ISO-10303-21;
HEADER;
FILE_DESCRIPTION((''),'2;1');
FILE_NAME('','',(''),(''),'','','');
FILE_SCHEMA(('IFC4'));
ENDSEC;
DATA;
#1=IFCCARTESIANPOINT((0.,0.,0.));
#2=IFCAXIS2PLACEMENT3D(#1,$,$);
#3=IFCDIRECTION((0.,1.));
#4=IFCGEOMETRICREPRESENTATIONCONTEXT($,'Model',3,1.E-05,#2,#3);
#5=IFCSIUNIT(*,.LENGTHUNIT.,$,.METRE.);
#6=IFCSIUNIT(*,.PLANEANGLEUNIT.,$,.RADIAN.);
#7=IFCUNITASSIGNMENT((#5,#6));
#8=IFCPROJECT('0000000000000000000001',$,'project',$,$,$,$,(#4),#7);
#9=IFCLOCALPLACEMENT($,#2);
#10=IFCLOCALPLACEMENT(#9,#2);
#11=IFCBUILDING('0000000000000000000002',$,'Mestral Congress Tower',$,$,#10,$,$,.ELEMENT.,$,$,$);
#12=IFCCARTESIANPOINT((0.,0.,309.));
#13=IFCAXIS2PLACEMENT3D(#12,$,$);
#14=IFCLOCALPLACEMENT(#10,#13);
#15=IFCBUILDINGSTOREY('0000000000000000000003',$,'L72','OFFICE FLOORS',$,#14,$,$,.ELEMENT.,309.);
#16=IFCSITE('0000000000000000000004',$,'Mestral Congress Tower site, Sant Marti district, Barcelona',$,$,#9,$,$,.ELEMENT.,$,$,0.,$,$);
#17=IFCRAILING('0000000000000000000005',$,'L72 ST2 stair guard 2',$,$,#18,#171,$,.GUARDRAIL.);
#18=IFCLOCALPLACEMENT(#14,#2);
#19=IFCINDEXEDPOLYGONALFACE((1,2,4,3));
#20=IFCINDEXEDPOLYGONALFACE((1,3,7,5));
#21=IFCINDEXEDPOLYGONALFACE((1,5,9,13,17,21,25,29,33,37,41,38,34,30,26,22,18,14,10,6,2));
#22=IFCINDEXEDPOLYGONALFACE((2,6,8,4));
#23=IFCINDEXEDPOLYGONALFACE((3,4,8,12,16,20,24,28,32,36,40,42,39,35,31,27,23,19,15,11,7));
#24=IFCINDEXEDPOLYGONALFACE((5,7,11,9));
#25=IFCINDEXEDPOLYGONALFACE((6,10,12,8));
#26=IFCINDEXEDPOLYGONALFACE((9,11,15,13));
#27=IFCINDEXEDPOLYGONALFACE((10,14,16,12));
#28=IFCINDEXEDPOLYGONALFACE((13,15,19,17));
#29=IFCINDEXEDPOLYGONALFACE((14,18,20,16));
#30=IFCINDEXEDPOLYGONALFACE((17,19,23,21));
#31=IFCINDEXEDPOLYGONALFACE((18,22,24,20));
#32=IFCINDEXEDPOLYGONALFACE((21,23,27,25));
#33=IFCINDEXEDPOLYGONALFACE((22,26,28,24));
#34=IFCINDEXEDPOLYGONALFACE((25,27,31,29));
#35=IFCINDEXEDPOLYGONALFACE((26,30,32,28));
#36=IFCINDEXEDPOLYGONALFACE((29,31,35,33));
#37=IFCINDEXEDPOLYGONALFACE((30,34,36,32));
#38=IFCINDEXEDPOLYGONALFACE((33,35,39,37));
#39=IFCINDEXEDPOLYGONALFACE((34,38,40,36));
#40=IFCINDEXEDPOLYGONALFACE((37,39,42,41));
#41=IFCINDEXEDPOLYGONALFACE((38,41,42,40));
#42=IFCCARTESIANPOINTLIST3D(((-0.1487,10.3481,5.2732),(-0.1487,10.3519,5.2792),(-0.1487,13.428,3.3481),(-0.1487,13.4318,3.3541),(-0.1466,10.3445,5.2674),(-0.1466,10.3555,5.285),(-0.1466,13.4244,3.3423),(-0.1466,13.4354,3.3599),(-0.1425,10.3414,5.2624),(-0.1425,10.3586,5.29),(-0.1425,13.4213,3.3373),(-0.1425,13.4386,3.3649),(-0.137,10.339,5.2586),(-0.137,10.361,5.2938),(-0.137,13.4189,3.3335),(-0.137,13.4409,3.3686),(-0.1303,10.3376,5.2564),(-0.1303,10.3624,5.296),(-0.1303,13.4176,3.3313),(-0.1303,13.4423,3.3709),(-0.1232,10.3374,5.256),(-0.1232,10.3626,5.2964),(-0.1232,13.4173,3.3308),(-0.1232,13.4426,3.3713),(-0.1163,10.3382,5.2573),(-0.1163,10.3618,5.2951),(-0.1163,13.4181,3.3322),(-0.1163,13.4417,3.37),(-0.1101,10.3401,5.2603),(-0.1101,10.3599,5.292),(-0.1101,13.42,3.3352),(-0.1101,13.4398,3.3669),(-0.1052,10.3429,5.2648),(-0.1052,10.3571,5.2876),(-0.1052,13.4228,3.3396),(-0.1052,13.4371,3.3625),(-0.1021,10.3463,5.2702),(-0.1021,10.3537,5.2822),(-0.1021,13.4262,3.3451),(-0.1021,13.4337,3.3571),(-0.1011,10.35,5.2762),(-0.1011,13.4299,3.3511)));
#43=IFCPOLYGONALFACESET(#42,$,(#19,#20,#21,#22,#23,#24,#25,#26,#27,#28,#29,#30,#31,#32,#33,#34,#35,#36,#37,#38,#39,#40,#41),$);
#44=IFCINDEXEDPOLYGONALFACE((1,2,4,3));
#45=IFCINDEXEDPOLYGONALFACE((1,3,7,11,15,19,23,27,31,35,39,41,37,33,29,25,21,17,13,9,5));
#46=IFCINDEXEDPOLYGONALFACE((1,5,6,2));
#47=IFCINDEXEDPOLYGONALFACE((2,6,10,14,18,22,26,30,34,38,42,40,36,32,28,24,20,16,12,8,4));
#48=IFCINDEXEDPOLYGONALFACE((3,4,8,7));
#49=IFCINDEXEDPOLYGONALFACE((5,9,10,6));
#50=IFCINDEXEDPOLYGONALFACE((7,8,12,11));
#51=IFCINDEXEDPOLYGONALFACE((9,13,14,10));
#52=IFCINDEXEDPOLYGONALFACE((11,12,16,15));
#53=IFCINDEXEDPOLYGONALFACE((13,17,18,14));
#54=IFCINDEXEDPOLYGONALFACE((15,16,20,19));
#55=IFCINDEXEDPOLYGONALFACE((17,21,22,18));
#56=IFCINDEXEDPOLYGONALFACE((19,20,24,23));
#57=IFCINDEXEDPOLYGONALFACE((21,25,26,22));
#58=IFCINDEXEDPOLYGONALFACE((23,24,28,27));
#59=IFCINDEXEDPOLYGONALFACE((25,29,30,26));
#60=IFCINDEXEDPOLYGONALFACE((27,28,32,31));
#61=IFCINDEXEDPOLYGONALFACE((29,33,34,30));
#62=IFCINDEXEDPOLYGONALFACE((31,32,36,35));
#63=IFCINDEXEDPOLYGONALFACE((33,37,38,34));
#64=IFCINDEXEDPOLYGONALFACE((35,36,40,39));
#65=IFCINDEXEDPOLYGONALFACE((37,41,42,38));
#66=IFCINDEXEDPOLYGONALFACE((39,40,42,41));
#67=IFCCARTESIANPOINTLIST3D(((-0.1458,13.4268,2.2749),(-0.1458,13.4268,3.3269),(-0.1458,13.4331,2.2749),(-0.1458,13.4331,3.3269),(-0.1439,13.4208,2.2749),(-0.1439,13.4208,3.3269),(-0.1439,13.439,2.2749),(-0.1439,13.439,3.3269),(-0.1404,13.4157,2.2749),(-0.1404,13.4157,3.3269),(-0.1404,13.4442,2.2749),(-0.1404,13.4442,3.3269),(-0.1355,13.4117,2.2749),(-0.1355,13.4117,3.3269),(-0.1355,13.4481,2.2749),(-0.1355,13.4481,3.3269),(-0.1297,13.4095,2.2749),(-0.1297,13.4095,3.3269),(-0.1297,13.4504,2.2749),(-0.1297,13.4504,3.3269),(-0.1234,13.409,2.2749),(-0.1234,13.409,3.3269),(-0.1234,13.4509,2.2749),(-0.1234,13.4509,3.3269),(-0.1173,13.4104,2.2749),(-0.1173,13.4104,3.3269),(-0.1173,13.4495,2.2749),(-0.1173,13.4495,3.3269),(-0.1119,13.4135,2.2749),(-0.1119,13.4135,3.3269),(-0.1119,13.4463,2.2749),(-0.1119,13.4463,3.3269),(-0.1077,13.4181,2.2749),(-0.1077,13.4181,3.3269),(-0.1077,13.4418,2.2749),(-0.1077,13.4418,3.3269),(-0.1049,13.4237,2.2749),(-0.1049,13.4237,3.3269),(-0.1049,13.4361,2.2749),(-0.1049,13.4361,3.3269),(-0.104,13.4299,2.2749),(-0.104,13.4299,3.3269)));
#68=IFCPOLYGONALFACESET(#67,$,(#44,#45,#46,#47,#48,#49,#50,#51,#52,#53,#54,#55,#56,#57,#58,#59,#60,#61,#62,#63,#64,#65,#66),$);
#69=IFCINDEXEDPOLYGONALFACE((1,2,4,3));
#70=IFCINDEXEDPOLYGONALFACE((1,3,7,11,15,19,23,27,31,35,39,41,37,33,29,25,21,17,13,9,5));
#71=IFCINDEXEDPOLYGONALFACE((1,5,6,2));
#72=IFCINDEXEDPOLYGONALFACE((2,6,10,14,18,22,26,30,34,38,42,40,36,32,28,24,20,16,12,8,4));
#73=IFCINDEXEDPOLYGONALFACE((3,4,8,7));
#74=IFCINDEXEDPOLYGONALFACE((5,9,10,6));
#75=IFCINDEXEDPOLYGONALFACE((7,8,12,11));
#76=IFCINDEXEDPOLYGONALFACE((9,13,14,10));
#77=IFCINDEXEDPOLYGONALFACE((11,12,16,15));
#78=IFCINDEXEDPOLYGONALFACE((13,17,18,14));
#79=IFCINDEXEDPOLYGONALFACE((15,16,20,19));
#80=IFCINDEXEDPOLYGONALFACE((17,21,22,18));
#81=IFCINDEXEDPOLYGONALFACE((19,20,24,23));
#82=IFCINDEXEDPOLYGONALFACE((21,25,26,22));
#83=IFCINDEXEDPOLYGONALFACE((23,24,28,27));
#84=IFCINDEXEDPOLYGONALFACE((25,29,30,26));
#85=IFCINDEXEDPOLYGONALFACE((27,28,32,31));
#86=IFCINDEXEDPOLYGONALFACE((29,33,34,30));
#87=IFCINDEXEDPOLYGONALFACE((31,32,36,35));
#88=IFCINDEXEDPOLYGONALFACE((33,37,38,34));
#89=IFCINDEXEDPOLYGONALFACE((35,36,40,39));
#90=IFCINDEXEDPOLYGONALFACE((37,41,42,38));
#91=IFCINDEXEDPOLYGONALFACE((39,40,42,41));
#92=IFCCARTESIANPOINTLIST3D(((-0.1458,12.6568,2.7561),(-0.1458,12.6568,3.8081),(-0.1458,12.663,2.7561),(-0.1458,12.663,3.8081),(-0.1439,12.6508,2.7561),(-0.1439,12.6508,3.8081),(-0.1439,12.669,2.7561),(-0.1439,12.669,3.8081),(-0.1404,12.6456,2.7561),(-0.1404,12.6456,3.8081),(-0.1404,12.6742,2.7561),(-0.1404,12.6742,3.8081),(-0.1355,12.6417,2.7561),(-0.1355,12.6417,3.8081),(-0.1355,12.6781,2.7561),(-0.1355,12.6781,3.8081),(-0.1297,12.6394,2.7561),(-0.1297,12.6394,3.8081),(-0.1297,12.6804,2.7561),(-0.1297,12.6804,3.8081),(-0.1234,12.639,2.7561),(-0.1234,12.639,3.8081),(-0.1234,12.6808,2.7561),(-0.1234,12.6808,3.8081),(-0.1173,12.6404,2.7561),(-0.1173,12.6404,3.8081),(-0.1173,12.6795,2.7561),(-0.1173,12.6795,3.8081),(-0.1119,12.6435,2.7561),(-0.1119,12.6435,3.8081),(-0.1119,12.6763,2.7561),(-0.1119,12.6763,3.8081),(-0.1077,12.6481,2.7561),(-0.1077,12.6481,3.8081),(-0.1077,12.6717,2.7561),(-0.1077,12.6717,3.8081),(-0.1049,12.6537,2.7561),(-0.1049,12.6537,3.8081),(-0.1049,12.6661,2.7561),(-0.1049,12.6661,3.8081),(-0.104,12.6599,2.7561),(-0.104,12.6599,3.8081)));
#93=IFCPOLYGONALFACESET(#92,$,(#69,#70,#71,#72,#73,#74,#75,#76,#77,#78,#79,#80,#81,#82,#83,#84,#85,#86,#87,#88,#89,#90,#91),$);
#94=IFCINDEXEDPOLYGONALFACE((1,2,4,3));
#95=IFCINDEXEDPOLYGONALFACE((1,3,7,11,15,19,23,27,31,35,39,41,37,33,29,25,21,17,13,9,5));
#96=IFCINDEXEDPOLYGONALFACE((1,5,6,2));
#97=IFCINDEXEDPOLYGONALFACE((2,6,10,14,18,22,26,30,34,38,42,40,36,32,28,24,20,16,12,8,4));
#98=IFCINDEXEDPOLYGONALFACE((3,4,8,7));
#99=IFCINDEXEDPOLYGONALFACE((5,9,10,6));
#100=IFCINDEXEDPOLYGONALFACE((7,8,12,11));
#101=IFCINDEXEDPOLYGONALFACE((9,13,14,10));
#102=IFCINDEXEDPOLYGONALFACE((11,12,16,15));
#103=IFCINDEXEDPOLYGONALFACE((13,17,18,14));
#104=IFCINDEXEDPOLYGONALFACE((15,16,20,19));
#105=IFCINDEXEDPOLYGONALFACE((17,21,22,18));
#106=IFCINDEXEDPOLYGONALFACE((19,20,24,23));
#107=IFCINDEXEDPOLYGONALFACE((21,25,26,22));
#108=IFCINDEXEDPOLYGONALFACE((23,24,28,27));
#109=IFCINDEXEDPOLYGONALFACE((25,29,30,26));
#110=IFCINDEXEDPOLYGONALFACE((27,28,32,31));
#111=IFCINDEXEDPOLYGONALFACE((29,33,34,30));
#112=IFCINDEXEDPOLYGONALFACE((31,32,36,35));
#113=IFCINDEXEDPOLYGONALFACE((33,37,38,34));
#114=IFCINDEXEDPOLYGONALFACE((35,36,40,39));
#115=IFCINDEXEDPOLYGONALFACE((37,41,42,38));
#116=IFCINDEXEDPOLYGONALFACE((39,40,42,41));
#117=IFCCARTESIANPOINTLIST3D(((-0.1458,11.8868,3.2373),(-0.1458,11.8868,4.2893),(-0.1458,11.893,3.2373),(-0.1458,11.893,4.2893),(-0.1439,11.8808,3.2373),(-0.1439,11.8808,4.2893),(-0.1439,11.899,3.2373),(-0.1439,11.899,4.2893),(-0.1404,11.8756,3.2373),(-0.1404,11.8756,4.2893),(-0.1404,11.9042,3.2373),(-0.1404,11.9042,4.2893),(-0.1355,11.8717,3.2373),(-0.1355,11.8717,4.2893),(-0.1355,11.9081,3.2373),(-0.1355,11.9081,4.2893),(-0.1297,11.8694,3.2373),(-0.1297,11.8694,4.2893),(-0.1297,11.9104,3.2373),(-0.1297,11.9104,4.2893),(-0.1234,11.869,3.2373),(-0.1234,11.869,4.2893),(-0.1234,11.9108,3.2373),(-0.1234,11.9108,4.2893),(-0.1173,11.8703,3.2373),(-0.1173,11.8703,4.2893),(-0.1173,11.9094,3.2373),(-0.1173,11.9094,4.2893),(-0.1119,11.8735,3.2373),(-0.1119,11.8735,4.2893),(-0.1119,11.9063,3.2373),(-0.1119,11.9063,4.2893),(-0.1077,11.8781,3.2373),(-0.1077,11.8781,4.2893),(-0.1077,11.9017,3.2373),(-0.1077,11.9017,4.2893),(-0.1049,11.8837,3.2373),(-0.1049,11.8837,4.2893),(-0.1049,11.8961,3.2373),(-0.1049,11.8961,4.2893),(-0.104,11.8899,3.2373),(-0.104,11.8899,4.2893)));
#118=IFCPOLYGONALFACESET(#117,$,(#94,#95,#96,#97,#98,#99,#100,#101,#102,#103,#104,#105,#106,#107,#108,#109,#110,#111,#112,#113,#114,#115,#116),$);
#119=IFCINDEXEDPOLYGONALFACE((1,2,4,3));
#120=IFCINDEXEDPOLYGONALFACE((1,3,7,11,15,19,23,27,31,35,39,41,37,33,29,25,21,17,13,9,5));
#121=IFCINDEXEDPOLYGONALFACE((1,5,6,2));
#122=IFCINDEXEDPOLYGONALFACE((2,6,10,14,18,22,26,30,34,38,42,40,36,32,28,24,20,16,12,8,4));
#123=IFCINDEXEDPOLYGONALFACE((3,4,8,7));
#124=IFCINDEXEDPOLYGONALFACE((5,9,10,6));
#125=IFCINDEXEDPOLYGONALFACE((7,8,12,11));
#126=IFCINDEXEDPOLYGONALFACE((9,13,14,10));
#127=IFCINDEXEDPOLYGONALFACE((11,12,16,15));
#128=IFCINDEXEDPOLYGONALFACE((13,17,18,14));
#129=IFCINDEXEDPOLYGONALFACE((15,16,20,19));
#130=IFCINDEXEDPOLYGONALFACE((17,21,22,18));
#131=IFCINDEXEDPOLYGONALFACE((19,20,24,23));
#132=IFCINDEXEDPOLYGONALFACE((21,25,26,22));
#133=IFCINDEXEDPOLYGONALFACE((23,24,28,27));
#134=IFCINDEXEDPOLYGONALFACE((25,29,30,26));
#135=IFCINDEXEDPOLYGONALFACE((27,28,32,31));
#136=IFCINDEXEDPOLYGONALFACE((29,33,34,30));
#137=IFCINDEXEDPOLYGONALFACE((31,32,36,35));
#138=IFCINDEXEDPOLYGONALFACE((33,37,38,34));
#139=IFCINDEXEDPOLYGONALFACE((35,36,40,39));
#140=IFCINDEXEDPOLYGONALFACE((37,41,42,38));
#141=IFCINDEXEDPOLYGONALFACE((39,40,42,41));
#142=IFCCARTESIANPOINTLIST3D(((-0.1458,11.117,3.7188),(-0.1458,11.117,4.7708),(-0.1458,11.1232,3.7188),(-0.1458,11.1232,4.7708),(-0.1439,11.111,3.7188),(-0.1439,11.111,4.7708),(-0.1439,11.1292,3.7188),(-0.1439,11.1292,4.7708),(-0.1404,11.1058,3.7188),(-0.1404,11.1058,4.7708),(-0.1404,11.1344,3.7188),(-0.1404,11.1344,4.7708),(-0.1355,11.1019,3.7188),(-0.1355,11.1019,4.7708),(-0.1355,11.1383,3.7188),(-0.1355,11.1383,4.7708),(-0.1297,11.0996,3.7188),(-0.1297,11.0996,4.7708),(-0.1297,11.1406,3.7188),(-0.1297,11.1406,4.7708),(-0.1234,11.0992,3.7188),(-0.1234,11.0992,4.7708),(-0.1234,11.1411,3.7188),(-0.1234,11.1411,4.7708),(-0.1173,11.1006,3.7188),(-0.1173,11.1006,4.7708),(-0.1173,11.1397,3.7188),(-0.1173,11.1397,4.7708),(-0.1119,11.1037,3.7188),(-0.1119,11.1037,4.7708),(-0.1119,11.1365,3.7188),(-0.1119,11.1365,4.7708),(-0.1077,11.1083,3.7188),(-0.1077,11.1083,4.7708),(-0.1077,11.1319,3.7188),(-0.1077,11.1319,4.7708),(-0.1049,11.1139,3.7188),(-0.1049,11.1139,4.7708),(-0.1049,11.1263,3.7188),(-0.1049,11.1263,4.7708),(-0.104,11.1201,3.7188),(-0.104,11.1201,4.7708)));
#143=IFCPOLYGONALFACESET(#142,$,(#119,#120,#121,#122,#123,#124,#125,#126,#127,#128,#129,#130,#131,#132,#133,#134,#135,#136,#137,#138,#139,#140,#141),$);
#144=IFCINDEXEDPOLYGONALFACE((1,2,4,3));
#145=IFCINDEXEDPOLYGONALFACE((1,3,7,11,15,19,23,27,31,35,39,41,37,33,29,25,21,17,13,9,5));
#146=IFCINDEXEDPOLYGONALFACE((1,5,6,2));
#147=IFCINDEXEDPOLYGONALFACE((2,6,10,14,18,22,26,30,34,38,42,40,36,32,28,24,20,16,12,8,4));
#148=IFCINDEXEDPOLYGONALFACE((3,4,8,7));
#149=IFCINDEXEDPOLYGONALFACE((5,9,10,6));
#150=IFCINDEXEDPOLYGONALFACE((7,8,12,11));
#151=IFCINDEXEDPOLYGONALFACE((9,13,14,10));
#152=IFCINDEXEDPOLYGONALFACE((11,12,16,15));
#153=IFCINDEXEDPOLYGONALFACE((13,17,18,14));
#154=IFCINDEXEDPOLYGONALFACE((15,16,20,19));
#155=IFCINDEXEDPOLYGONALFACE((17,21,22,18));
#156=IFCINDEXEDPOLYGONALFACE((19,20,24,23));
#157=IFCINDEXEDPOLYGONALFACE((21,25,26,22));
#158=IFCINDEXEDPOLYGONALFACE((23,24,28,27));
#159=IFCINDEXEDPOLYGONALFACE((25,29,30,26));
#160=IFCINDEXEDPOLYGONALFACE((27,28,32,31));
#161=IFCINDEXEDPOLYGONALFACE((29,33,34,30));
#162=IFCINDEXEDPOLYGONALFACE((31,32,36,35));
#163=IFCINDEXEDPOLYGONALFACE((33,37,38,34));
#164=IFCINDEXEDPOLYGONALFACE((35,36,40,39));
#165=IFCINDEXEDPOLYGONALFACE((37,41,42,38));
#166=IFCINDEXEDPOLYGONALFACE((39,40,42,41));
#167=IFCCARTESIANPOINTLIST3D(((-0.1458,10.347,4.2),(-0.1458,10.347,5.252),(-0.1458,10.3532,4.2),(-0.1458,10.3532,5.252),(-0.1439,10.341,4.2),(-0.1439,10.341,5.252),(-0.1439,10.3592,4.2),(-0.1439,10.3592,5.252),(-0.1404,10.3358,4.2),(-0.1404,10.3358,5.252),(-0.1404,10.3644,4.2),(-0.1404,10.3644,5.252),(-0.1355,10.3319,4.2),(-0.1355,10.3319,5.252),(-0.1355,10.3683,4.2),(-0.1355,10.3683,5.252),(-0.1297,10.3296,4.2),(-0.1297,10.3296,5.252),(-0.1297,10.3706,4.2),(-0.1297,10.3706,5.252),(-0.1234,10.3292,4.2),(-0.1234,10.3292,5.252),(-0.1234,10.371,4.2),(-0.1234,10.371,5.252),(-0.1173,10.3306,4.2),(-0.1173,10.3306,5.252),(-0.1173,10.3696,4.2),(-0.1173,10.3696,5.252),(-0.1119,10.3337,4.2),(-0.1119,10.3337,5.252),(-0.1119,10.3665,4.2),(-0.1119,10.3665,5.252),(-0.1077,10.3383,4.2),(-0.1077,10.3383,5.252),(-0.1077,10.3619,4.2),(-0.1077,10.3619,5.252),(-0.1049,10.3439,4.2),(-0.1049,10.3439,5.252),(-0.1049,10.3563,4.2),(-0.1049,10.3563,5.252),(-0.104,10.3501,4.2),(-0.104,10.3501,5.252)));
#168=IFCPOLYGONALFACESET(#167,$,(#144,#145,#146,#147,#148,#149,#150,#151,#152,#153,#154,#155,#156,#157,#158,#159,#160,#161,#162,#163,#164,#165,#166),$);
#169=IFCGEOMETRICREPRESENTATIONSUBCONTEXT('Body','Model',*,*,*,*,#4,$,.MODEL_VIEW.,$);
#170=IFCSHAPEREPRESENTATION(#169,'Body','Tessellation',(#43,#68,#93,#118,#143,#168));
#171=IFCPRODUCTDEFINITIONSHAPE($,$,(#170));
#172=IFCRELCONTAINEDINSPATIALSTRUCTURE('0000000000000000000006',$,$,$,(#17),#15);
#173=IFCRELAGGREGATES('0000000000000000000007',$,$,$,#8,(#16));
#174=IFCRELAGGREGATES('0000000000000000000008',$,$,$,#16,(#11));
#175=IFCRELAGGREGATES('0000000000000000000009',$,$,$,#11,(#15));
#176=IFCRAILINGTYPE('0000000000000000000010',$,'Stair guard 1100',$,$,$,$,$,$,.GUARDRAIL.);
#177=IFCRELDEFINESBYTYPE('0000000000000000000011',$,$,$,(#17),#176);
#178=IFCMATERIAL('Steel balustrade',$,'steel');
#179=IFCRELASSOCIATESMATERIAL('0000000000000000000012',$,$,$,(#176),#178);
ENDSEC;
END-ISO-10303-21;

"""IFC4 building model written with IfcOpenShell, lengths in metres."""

from ifc_helpers import new_model, si_unit, direction, frame, origin, origin_2d, place, context, subcontext, project, spatial, circle, extrude, material, type_object, element, save


model = new_model("IFC4")

# Units and contexts
model_context = context("Model", 3, precision=1e-05, world=origin(), true_north=direction((0.0, 1.0)))
body_context = subcontext(model_context, "Body", "Model", "MODEL_VIEW")
ifc_project = project(units=[si_unit("LENGTHUNIT", "METRE"), si_unit("PLANEANGLEUNIT", "RADIAN")], contexts=[model_context])

# Site, building, storey
site_placement = place(None, origin())
site = spatial("IfcSite", under=ifc_project, at=site_placement, Name="Mestral Congress Tower site, Sant Marti district, Barcelona", CompositionType="ELEMENT", RefElevation=0.0)
building_placement = place(site_placement, origin())
building = spatial("IfcBuilding", under=site, at=building_placement, Name="Mestral Congress Tower", CompositionType="ELEMENT")
storey_placement = place(building_placement, frame((0.0, 0.0, 309.0)))
storey = spatial("IfcBuildingStorey", under=building, at=storey_placement, Name="L72", Description="OFFICE FLOORS", CompositionType="ELEMENT", Elevation=309.0)

# Railing
ifc_material_1 = material(Name="Steel balustrade", Category="steel")
railing_type = type_object("IfcRailingType", Name="Stair guard 1100", PredefinedType="GUARDRAIL", material=ifc_material_1)
railing_placement = place(storey_placement, frame((-0.125, 13.4299, 2.2749)))
element("IfcRailing", 1, at=railing_placement, inside=storey, type_object=railing_type, Name="L72 ST2 stair guard 2", PredefinedType="GUARDRAIL", context=body_context, shape_type="SweptSolid", body=[
    extrude(circle(Radius=0.0239, at=origin_2d()), frame((0.0, 0.0, 1.0762), z_axis=(0.0, -0.847979, 0.530029), x_axis=(1.0, 0.0, 0.0)), (0.0, 0.0, 1.0), 3.6321),
    extrude(circle(Radius=0.021, at=origin_2d()), origin(), (0.0, 0.0, 1.0), 1.052),
    extrude(circle(Radius=0.021, at=origin_2d()), frame((0.0, -0.77, 0.4812)), (0.0, 0.0, 1.0), 1.052),
    extrude(circle(Radius=0.021, at=origin_2d()), frame((0.0, -1.54, 0.9624)), (0.0, 0.0, 1.0), 1.052),
    extrude(circle(Radius=0.021, at=origin_2d()), frame((0.0, -2.3098, 1.4438)), (0.0, 0.0, 1.0), 1.052),
    extrude(circle(Radius=0.021, at=origin_2d()), frame((0.0, -3.0798, 1.925)), (0.0, 0.0, 1.0), 1.052),
])

save(model, "model.ifc")
